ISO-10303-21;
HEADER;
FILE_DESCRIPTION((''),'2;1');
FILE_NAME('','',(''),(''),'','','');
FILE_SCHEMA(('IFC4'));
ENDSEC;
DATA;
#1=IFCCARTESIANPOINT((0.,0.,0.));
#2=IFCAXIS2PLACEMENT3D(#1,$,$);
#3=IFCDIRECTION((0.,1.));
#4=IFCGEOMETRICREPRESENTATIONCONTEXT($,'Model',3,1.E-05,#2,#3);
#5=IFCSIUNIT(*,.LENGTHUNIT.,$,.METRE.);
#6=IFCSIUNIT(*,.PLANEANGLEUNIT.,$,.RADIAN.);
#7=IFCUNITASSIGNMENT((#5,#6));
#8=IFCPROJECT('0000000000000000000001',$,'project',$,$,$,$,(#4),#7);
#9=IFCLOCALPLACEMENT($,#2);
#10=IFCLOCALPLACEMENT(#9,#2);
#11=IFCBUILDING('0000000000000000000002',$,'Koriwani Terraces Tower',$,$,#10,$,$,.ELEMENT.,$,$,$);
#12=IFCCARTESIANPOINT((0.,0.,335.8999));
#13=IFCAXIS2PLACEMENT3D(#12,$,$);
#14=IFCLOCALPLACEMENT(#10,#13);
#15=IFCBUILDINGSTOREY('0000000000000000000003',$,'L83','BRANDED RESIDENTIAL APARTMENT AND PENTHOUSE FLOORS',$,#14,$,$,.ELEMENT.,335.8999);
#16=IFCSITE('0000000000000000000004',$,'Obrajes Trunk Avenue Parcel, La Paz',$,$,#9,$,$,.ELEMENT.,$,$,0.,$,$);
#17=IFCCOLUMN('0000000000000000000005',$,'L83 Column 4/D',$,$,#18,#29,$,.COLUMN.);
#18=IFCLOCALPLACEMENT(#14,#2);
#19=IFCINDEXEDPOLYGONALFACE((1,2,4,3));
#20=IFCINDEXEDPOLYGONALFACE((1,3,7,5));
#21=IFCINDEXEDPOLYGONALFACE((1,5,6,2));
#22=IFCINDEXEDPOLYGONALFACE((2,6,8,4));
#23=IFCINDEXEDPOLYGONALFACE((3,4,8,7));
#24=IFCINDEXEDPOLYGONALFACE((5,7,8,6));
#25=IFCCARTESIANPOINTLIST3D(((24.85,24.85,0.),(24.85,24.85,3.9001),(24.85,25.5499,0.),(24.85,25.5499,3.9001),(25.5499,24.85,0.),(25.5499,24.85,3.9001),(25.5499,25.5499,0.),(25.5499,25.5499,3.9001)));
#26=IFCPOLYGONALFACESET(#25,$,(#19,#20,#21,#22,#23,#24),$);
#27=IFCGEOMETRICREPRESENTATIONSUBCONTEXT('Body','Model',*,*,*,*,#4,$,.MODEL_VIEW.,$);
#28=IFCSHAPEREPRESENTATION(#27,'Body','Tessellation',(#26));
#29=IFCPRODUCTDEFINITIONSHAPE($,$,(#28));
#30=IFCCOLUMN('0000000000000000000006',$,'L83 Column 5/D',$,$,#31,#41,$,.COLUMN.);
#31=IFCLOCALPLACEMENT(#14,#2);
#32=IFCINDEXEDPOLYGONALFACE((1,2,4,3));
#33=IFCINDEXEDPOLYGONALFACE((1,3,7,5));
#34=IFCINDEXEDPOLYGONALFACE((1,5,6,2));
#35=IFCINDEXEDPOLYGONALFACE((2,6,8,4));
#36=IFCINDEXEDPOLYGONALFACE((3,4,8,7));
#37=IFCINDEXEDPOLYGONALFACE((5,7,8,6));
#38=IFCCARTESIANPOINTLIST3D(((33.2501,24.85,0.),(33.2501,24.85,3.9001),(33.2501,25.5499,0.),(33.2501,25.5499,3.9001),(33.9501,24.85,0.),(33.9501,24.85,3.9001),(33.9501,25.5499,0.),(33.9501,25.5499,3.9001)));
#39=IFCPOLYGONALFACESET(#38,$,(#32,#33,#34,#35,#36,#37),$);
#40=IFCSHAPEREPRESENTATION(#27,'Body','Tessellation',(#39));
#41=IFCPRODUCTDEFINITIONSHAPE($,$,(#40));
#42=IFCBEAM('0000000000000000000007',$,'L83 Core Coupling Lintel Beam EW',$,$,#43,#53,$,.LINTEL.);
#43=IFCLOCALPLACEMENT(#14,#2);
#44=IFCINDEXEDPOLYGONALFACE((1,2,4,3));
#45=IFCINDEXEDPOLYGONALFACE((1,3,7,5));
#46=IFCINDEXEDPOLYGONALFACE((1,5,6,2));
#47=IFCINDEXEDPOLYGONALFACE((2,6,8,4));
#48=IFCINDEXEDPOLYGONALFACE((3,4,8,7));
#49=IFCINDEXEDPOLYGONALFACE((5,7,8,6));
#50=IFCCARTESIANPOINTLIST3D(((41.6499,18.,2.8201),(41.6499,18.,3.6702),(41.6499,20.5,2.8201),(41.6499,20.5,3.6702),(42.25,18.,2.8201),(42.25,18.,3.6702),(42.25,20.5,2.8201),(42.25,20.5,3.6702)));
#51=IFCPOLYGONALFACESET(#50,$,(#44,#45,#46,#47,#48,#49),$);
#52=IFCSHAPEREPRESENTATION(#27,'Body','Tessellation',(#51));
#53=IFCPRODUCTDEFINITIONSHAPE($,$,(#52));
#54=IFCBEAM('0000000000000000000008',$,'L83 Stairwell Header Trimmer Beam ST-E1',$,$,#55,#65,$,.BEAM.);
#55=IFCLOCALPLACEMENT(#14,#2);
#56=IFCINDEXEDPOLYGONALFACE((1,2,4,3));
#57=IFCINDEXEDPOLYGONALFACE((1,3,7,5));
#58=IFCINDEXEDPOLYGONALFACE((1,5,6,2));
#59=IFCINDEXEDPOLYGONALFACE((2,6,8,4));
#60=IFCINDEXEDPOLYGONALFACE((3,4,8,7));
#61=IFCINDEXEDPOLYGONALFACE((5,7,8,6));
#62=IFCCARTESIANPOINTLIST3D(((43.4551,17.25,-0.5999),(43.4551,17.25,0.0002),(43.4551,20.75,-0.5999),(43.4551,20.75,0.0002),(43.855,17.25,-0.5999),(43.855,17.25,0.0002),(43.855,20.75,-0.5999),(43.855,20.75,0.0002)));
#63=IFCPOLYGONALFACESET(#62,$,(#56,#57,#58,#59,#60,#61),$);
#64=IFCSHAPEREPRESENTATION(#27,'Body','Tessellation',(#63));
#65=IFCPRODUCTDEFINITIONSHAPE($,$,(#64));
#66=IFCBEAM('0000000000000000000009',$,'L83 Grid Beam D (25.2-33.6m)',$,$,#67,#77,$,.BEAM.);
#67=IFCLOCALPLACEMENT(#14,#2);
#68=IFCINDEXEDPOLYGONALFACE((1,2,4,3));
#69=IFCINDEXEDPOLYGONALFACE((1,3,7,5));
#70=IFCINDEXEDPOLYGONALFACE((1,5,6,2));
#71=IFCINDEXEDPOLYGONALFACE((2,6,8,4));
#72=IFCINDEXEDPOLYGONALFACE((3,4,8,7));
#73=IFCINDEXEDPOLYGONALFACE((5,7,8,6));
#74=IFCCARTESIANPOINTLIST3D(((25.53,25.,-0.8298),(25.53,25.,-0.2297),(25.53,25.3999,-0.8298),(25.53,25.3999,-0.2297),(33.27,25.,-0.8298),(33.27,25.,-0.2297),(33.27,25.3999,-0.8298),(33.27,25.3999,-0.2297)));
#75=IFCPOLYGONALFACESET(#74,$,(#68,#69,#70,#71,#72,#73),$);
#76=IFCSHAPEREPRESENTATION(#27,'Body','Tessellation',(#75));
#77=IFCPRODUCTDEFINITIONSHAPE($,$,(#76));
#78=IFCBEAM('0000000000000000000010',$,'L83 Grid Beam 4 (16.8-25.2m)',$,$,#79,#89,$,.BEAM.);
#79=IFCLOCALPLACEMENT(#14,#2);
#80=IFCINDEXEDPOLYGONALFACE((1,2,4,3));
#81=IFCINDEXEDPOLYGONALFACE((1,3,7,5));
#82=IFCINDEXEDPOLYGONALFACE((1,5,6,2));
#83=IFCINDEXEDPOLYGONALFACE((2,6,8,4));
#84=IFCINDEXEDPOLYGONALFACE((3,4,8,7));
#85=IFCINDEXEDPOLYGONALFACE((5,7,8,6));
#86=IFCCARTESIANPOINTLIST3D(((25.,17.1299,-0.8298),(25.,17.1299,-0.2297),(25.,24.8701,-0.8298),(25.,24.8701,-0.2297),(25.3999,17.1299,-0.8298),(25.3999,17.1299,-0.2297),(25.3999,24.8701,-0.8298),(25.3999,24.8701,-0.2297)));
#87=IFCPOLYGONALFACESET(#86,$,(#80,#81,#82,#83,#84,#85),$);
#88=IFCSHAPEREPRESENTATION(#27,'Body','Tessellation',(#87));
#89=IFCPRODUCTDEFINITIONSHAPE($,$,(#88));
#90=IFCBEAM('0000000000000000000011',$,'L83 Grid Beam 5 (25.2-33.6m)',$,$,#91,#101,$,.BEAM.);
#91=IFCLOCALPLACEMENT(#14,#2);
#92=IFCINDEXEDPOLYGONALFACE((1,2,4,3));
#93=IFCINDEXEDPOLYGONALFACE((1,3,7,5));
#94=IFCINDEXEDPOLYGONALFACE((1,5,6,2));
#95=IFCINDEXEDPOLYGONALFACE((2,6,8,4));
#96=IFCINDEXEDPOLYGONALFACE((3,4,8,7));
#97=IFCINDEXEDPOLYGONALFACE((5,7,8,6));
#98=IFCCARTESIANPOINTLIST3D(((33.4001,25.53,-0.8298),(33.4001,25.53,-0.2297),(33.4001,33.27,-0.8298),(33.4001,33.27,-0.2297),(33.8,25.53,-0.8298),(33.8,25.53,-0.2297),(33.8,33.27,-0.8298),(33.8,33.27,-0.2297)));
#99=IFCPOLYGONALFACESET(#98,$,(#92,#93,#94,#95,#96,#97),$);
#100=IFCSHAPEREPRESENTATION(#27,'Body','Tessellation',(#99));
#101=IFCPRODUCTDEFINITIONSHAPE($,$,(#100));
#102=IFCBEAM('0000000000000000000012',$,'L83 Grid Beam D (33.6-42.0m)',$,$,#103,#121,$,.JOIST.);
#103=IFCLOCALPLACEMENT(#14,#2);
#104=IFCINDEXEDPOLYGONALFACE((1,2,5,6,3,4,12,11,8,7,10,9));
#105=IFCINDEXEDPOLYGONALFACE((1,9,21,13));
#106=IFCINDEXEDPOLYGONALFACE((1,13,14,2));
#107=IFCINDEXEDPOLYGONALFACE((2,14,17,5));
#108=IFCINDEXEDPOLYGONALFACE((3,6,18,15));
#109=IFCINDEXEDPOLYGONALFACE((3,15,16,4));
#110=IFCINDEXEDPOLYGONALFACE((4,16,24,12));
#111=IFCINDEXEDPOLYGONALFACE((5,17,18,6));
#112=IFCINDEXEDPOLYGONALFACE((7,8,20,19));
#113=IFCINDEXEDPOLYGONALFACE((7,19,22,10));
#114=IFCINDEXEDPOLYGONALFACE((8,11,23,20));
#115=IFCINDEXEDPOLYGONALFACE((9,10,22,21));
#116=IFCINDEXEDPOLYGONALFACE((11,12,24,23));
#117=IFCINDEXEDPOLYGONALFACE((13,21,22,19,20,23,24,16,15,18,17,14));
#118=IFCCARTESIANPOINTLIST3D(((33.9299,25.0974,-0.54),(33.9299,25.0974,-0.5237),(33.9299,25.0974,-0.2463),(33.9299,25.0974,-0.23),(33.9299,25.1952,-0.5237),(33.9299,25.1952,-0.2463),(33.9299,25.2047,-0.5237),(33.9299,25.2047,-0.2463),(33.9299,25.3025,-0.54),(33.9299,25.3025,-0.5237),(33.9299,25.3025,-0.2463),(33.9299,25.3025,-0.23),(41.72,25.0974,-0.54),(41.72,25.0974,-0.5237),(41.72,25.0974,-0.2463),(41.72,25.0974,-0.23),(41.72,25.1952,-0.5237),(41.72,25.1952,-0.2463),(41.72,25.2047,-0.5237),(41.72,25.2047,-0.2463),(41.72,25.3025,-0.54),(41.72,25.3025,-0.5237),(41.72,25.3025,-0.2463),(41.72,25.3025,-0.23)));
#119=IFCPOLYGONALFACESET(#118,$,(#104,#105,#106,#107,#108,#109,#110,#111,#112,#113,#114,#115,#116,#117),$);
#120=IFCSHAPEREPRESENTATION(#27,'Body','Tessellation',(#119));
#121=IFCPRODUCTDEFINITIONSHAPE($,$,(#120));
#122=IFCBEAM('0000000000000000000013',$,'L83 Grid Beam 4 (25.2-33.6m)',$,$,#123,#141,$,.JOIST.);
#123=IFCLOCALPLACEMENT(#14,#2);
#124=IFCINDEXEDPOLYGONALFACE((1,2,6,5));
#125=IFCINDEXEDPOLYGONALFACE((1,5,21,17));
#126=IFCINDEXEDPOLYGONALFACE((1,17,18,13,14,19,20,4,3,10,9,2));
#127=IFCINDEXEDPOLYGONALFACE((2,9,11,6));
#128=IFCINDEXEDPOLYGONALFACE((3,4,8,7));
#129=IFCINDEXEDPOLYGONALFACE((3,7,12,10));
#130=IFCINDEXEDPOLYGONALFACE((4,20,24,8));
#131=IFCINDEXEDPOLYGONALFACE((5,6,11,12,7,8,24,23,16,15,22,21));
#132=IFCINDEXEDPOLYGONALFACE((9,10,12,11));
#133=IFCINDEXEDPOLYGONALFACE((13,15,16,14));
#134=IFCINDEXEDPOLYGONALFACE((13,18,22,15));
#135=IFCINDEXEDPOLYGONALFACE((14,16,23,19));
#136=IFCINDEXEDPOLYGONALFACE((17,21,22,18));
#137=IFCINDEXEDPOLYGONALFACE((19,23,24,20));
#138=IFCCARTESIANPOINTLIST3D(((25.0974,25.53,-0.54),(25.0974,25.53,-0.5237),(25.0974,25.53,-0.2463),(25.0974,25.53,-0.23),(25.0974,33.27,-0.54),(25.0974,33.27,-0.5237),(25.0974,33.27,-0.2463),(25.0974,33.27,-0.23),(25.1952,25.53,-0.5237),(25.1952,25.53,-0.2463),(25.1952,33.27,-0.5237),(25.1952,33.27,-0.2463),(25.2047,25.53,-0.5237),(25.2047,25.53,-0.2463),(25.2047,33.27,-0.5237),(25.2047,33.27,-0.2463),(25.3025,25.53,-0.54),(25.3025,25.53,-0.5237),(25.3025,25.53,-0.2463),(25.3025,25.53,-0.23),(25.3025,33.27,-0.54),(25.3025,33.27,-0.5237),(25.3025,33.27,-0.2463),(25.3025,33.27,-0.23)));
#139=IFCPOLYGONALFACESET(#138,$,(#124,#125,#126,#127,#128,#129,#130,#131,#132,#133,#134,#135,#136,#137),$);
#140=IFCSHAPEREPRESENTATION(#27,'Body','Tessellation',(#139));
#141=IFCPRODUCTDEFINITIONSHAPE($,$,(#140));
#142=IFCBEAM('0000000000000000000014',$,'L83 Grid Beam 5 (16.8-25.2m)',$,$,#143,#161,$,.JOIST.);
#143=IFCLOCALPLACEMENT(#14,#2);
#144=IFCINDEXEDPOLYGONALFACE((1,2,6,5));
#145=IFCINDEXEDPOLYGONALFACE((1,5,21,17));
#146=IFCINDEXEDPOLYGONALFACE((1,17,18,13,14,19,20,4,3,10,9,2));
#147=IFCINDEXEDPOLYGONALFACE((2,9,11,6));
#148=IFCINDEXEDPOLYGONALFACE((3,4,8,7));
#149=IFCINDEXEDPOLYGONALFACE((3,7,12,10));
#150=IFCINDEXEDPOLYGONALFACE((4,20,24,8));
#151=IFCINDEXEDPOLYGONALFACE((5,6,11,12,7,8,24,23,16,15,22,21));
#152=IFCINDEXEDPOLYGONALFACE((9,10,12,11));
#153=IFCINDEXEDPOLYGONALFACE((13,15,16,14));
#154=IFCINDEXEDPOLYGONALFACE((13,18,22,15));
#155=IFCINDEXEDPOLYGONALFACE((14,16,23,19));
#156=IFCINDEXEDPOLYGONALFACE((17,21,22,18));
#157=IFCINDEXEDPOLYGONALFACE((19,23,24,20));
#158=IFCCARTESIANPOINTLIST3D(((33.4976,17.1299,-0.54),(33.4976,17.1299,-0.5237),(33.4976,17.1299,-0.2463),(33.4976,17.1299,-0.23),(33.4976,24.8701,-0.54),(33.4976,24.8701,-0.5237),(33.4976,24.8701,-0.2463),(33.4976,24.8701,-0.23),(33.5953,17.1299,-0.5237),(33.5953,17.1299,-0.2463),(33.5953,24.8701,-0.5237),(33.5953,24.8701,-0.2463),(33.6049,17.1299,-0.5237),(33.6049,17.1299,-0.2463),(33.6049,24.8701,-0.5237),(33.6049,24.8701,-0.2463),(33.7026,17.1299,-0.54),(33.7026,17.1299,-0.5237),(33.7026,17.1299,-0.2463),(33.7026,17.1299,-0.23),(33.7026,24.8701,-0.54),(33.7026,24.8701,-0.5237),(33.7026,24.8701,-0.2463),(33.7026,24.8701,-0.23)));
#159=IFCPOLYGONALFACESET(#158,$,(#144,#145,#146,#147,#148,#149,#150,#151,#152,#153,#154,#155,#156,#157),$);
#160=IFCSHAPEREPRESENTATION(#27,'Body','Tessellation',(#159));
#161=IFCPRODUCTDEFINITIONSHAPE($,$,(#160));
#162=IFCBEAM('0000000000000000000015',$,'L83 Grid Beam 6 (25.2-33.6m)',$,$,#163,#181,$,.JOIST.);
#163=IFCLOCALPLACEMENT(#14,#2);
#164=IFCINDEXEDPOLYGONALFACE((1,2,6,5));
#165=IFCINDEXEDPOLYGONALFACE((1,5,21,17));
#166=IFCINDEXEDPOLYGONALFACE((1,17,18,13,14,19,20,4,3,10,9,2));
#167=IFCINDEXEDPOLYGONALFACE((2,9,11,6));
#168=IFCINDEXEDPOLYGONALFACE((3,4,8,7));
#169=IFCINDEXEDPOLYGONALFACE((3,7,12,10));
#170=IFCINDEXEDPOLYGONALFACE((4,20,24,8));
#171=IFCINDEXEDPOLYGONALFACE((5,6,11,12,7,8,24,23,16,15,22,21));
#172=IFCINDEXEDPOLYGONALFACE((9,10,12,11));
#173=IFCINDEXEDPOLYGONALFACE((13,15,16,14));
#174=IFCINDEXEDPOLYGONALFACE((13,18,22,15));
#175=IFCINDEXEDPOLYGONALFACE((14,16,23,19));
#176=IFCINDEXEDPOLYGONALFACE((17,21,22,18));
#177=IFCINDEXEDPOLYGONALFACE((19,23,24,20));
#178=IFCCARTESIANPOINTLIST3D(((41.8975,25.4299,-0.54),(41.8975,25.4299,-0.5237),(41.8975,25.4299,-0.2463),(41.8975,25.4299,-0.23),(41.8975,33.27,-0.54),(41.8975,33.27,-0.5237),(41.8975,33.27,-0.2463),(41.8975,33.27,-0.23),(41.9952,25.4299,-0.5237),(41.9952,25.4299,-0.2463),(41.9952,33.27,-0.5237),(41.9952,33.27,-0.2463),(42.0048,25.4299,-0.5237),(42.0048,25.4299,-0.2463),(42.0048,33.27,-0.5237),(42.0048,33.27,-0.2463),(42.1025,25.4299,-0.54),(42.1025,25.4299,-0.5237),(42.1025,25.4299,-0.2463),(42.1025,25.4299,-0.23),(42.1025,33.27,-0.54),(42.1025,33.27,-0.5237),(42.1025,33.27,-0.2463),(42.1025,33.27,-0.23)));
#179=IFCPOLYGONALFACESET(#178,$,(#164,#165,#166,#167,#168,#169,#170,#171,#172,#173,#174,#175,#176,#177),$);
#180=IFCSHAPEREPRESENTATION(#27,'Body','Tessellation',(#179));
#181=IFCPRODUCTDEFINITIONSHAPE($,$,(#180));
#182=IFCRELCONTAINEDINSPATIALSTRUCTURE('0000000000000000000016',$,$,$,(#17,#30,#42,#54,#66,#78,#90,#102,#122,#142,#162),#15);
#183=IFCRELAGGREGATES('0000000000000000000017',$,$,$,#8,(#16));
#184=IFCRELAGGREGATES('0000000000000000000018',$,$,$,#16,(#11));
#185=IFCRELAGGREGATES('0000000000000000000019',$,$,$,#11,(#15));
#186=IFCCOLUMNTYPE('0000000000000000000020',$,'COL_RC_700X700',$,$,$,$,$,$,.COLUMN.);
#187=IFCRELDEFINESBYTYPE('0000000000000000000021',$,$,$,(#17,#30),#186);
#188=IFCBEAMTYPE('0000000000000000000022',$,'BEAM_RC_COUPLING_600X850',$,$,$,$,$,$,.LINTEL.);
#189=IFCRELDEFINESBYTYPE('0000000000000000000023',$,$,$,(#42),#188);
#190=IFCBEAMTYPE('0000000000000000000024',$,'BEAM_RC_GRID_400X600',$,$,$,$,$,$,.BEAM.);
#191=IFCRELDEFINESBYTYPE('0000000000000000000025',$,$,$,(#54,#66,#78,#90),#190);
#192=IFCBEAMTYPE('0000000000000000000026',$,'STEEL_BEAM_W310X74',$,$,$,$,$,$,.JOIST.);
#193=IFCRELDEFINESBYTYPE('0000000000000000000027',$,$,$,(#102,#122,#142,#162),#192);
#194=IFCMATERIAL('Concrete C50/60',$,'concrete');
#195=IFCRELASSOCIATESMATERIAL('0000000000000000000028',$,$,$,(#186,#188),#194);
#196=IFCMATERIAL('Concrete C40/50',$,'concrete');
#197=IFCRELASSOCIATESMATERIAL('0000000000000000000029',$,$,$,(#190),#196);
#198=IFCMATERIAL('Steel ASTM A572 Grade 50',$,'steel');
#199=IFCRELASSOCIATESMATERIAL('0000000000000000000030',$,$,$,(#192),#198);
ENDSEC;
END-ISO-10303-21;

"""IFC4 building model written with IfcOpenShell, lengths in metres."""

from ifc_helpers import new_model, si_unit, direction, frame, origin, origin_2d, place, context, subcontext, project, spatial, rectangle, i_section, extrude, material, material_profile, profile_set, type_object, element, save


model = new_model("IFC4")

# Units and contexts
model_context = context("Model", 3, precision=1e-05, world=origin(), true_north=direction((0.0, 1.0)))
body_context = subcontext(model_context, "Body", "Model", "MODEL_VIEW")
ifc_project = project(units=[si_unit("LENGTHUNIT", "METRE"), si_unit("PLANEANGLEUNIT", "RADIAN")], contexts=[model_context])

# Site, building, storey
site_placement = place(None, origin())
site = spatial("IfcSite", under=ifc_project, at=site_placement, Name="Obrajes Trunk Avenue Parcel, La Paz", CompositionType="ELEMENT", RefElevation=0.0)
building_placement = place(site_placement, origin())
building = spatial("IfcBuilding", under=site, at=building_placement, Name="Koriwani Terraces Tower", CompositionType="ELEMENT")
storey_placement = place(building_placement, frame((0.0, 0.0, 335.8999)))
storey = spatial("IfcBuildingStorey", under=building, at=storey_placement, Name="L83", Description="BRANDED RESIDENTIAL APARTMENT AND PENTHOUSE FLOORS", CompositionType="ELEMENT", Elevation=335.8999)

# Columns
ifc_material_1 = material(Name="Concrete C50/60", Category="concrete")
ifc_material_profile_1 = material_profile(ifc_material_1, rectangle(XDim=0.7, YDim=0.7, at=origin_2d()), Name="Concrete C50/60", Category="LoadBearing")
ifc_profile_set_1 = profile_set([ifc_material_profile_1], Name="Concrete C50/60")
column_type = type_object("IfcColumnType", Name="COL_RC_700X700", PredefinedType="COLUMN", material=ifc_profile_set_1)
for number, where, z_axis, x_axis, name in (
    (1, (25.2, 25.2, 0.0), (0.0, 0.0, 1.0), (1.0, 0.0, 0.0), "L83 Column 4/D"),
    (2, (33.6001, 25.2, 0.0), (0.0, 0.0, 1.0), (1.0, 0.0, 0.0), "L83 Column 5/D"),
):
    element("IfcColumn", number, at=place(storey_placement, frame(where, z_axis=z_axis, x_axis=x_axis)), inside=storey, type_object=column_type, Name=name, PredefinedType="COLUMN", context=body_context, shape_type="SweptSolid", body=[
        extrude(rectangle(XDim=0.7, YDim=0.7, at=origin_2d()), origin(), (0.0, 0.0, 1.0), 3.9001),
    ])

# Beams
ifc_material_profile_2 = material_profile(ifc_material_1, rectangle(XDim=0.6001, YDim=0.8501, at=origin_2d()), Name="Concrete C50/60", Category="LoadBearing")
ifc_profile_set_2 = profile_set([ifc_material_profile_2], Name="Concrete C50/60")
beam_type_1 = type_object("IfcBeamType", Name="BEAM_RC_COUPLING_600X850", PredefinedType="LINTEL", material=ifc_profile_set_2)
beam_1_placement = place(storey_placement, frame((41.95, 18.0, 3.2451), z_axis=(0.0, 1.0, 0.0), x_axis=(-1.0, 0.0, 0.0)))
element("IfcBeam", 3, at=beam_1_placement, inside=storey, type_object=beam_type_1, Name="L83 Core Coupling Lintel Beam EW", PredefinedType="LINTEL", context=body_context, shape_type="SweptSolid", body=[
    extrude(rectangle(XDim=0.6001, YDim=0.8501, at=origin_2d()), origin(), (0.0, 0.0, 1.0), 2.5),
])
ifc_material_2 = material(Name="Concrete C40/50", Category="concrete")
ifc_material_profile_3 = material_profile(ifc_material_2, rectangle(XDim=0.3999, YDim=0.6001, at=origin_2d()), Name="Concrete C40/50", Category="LoadBearing")
ifc_profile_set_3 = profile_set([ifc_material_profile_3], Name="Concrete C40/50")
beam_type_2 = type_object("IfcBeamType", Name="BEAM_RC_GRID_400X600", PredefinedType="BEAM", material=ifc_profile_set_3)
beam_2_placement = place(storey_placement, frame((43.655, 17.25, -0.2998), z_axis=(0.0, 1.0, 0.0), x_axis=(-1.0, 0.0, 0.0)))
element("IfcBeam", 4, at=beam_2_placement, inside=storey, type_object=beam_type_2, Name="L83 Stairwell Header Trimmer Beam ST-E1", PredefinedType="BEAM", context=body_context, shape_type="SweptSolid", body=[
    extrude(rectangle(XDim=0.3999, YDim=0.6001, at=origin_2d()), origin(), (0.0, 0.0, 1.0), 3.5),
])
beam_3_placement = place(storey_placement, frame((25.53, 25.2, -0.5298), z_axis=(1.0, 0.0, 0.0), x_axis=(0.0, 1.0, 0.0)))
element("IfcBeam", 5, at=beam_3_placement, inside=storey, type_object=beam_type_2, Name="L83 Grid Beam D (25.2-33.6m)", PredefinedType="BEAM", context=body_context, shape_type="SweptSolid", body=[
    extrude(rectangle(XDim=0.3999, YDim=0.6001, at=origin_2d()), origin(), (0.0, 0.0, 1.0), 7.74),
])
beam_4_placement = place(storey_placement, frame((25.2, 17.1299, -0.5298), z_axis=(0.0, 1.0, 0.0), x_axis=(-1.0, 0.0, 0.0)))
element("IfcBeam", 6, at=beam_4_placement, inside=storey, type_object=beam_type_2, Name="L83 Grid Beam 4 (16.8-25.2m)", PredefinedType="BEAM", context=body_context, shape_type="SweptSolid", body=[
    extrude(rectangle(XDim=0.3999, YDim=0.6001, at=origin_2d()), origin(), (0.0, 0.0, 1.0), 7.7402),
])
beam_5_placement = place(storey_placement, frame((33.6001, 25.53, -0.5298), z_axis=(0.0, 1.0, 0.0), x_axis=(-1.0, 0.0, 0.0)))
element("IfcBeam", 7, at=beam_5_placement, inside=storey, type_object=beam_type_2, Name="L83 Grid Beam 5 (25.2-33.6m)", PredefinedType="BEAM", context=body_context, shape_type="SweptSolid", body=[
    extrude(rectangle(XDim=0.3999, YDim=0.6001, at=origin_2d()), origin(), (0.0, 0.0, 1.0), 7.74),
])
ifc_material_3 = material(Name="Steel ASTM A572 Grade 50", Category="steel")
ifc_material_profile_4 = material_profile(ifc_material_3, i_section(OverallWidth=0.2051, OverallDepth=0.3101, WebThickness=0.0095, FlangeThickness=0.0164, at=origin_2d()), Name="Steel ASTM A572 Grade 50", Category="LoadBearing")
ifc_profile_set_4 = profile_set([ifc_material_profile_4], Name="Steel ASTM A572 Grade 50")
beam_type_3 = type_object("IfcBeamType", Name="STEEL_BEAM_W310X74", PredefinedType="JOIST", material=ifc_profile_set_4)
beam_6_placement = place(storey_placement, frame((33.9299, 25.2, -0.385), z_axis=(1.0, 0.0, 0.0), x_axis=(0.0, 1.0, 0.0)))
element("IfcBeam", 8, at=beam_6_placement, inside=storey, type_object=beam_type_3, Name="L83 Grid Beam D (33.6-42.0m)", PredefinedType="JOIST", context=body_context, shape_type="SweptSolid", body=[
    extrude(i_section(OverallWidth=0.2051, OverallDepth=0.3101, WebThickness=0.0095, FlangeThickness=0.0164, at=origin_2d()), origin(), (0.0, 0.0, 1.0), 7.79),
])
beam_7_placement = place(storey_placement, frame((25.2, 25.53, -0.385), z_axis=(0.0, 1.0, 0.0), x_axis=(-1.0, 0.0, 0.0)))
element("IfcBeam", 9, at=beam_7_placement, inside=storey, type_object=beam_type_3, Name="L83 Grid Beam 4 (25.2-33.6m)", PredefinedType="JOIST", context=body_context, shape_type="SweptSolid", body=[
    extrude(i_section(OverallWidth=0.2051, OverallDepth=0.3101, WebThickness=0.0095, FlangeThickness=0.0164, at=origin_2d()), origin(), (0.0, 0.0, 1.0), 7.74),
])
beam_8_placement = place(storey_placement, frame((33.6001, 17.1299, -0.385), z_axis=(0.0, 1.0, 0.0), x_axis=(-1.0, 0.0, 0.0)))
element("IfcBeam", 10, at=beam_8_placement, inside=storey, type_object=beam_type_3, Name="L83 Grid Beam 5 (16.8-25.2m)", PredefinedType="JOIST", context=body_context, shape_type="SweptSolid", body=[
    extrude(i_section(OverallWidth=0.2051, OverallDepth=0.3101, WebThickness=0.0095, FlangeThickness=0.0164, at=origin_2d()), origin(), (0.0, 0.0, 1.0), 7.7402),
])
beam_9_placement = place(storey_placement, frame((42.0, 25.4299, -0.385), z_axis=(0.0, 1.0, 0.0), x_axis=(-1.0, 0.0, 0.0)))
element("IfcBeam", 11, at=beam_9_placement, inside=storey, type_object=beam_type_3, Name="L83 Grid Beam 6 (25.2-33.6m)", PredefinedType="JOIST", context=body_context, shape_type="SweptSolid", body=[
    extrude(i_section(OverallWidth=0.2051, OverallDepth=0.3101, WebThickness=0.0095, FlangeThickness=0.0164, at=origin_2d()), origin(), (0.0, 0.0, 1.0), 7.8401),
])

save(model, "model.ifc")
